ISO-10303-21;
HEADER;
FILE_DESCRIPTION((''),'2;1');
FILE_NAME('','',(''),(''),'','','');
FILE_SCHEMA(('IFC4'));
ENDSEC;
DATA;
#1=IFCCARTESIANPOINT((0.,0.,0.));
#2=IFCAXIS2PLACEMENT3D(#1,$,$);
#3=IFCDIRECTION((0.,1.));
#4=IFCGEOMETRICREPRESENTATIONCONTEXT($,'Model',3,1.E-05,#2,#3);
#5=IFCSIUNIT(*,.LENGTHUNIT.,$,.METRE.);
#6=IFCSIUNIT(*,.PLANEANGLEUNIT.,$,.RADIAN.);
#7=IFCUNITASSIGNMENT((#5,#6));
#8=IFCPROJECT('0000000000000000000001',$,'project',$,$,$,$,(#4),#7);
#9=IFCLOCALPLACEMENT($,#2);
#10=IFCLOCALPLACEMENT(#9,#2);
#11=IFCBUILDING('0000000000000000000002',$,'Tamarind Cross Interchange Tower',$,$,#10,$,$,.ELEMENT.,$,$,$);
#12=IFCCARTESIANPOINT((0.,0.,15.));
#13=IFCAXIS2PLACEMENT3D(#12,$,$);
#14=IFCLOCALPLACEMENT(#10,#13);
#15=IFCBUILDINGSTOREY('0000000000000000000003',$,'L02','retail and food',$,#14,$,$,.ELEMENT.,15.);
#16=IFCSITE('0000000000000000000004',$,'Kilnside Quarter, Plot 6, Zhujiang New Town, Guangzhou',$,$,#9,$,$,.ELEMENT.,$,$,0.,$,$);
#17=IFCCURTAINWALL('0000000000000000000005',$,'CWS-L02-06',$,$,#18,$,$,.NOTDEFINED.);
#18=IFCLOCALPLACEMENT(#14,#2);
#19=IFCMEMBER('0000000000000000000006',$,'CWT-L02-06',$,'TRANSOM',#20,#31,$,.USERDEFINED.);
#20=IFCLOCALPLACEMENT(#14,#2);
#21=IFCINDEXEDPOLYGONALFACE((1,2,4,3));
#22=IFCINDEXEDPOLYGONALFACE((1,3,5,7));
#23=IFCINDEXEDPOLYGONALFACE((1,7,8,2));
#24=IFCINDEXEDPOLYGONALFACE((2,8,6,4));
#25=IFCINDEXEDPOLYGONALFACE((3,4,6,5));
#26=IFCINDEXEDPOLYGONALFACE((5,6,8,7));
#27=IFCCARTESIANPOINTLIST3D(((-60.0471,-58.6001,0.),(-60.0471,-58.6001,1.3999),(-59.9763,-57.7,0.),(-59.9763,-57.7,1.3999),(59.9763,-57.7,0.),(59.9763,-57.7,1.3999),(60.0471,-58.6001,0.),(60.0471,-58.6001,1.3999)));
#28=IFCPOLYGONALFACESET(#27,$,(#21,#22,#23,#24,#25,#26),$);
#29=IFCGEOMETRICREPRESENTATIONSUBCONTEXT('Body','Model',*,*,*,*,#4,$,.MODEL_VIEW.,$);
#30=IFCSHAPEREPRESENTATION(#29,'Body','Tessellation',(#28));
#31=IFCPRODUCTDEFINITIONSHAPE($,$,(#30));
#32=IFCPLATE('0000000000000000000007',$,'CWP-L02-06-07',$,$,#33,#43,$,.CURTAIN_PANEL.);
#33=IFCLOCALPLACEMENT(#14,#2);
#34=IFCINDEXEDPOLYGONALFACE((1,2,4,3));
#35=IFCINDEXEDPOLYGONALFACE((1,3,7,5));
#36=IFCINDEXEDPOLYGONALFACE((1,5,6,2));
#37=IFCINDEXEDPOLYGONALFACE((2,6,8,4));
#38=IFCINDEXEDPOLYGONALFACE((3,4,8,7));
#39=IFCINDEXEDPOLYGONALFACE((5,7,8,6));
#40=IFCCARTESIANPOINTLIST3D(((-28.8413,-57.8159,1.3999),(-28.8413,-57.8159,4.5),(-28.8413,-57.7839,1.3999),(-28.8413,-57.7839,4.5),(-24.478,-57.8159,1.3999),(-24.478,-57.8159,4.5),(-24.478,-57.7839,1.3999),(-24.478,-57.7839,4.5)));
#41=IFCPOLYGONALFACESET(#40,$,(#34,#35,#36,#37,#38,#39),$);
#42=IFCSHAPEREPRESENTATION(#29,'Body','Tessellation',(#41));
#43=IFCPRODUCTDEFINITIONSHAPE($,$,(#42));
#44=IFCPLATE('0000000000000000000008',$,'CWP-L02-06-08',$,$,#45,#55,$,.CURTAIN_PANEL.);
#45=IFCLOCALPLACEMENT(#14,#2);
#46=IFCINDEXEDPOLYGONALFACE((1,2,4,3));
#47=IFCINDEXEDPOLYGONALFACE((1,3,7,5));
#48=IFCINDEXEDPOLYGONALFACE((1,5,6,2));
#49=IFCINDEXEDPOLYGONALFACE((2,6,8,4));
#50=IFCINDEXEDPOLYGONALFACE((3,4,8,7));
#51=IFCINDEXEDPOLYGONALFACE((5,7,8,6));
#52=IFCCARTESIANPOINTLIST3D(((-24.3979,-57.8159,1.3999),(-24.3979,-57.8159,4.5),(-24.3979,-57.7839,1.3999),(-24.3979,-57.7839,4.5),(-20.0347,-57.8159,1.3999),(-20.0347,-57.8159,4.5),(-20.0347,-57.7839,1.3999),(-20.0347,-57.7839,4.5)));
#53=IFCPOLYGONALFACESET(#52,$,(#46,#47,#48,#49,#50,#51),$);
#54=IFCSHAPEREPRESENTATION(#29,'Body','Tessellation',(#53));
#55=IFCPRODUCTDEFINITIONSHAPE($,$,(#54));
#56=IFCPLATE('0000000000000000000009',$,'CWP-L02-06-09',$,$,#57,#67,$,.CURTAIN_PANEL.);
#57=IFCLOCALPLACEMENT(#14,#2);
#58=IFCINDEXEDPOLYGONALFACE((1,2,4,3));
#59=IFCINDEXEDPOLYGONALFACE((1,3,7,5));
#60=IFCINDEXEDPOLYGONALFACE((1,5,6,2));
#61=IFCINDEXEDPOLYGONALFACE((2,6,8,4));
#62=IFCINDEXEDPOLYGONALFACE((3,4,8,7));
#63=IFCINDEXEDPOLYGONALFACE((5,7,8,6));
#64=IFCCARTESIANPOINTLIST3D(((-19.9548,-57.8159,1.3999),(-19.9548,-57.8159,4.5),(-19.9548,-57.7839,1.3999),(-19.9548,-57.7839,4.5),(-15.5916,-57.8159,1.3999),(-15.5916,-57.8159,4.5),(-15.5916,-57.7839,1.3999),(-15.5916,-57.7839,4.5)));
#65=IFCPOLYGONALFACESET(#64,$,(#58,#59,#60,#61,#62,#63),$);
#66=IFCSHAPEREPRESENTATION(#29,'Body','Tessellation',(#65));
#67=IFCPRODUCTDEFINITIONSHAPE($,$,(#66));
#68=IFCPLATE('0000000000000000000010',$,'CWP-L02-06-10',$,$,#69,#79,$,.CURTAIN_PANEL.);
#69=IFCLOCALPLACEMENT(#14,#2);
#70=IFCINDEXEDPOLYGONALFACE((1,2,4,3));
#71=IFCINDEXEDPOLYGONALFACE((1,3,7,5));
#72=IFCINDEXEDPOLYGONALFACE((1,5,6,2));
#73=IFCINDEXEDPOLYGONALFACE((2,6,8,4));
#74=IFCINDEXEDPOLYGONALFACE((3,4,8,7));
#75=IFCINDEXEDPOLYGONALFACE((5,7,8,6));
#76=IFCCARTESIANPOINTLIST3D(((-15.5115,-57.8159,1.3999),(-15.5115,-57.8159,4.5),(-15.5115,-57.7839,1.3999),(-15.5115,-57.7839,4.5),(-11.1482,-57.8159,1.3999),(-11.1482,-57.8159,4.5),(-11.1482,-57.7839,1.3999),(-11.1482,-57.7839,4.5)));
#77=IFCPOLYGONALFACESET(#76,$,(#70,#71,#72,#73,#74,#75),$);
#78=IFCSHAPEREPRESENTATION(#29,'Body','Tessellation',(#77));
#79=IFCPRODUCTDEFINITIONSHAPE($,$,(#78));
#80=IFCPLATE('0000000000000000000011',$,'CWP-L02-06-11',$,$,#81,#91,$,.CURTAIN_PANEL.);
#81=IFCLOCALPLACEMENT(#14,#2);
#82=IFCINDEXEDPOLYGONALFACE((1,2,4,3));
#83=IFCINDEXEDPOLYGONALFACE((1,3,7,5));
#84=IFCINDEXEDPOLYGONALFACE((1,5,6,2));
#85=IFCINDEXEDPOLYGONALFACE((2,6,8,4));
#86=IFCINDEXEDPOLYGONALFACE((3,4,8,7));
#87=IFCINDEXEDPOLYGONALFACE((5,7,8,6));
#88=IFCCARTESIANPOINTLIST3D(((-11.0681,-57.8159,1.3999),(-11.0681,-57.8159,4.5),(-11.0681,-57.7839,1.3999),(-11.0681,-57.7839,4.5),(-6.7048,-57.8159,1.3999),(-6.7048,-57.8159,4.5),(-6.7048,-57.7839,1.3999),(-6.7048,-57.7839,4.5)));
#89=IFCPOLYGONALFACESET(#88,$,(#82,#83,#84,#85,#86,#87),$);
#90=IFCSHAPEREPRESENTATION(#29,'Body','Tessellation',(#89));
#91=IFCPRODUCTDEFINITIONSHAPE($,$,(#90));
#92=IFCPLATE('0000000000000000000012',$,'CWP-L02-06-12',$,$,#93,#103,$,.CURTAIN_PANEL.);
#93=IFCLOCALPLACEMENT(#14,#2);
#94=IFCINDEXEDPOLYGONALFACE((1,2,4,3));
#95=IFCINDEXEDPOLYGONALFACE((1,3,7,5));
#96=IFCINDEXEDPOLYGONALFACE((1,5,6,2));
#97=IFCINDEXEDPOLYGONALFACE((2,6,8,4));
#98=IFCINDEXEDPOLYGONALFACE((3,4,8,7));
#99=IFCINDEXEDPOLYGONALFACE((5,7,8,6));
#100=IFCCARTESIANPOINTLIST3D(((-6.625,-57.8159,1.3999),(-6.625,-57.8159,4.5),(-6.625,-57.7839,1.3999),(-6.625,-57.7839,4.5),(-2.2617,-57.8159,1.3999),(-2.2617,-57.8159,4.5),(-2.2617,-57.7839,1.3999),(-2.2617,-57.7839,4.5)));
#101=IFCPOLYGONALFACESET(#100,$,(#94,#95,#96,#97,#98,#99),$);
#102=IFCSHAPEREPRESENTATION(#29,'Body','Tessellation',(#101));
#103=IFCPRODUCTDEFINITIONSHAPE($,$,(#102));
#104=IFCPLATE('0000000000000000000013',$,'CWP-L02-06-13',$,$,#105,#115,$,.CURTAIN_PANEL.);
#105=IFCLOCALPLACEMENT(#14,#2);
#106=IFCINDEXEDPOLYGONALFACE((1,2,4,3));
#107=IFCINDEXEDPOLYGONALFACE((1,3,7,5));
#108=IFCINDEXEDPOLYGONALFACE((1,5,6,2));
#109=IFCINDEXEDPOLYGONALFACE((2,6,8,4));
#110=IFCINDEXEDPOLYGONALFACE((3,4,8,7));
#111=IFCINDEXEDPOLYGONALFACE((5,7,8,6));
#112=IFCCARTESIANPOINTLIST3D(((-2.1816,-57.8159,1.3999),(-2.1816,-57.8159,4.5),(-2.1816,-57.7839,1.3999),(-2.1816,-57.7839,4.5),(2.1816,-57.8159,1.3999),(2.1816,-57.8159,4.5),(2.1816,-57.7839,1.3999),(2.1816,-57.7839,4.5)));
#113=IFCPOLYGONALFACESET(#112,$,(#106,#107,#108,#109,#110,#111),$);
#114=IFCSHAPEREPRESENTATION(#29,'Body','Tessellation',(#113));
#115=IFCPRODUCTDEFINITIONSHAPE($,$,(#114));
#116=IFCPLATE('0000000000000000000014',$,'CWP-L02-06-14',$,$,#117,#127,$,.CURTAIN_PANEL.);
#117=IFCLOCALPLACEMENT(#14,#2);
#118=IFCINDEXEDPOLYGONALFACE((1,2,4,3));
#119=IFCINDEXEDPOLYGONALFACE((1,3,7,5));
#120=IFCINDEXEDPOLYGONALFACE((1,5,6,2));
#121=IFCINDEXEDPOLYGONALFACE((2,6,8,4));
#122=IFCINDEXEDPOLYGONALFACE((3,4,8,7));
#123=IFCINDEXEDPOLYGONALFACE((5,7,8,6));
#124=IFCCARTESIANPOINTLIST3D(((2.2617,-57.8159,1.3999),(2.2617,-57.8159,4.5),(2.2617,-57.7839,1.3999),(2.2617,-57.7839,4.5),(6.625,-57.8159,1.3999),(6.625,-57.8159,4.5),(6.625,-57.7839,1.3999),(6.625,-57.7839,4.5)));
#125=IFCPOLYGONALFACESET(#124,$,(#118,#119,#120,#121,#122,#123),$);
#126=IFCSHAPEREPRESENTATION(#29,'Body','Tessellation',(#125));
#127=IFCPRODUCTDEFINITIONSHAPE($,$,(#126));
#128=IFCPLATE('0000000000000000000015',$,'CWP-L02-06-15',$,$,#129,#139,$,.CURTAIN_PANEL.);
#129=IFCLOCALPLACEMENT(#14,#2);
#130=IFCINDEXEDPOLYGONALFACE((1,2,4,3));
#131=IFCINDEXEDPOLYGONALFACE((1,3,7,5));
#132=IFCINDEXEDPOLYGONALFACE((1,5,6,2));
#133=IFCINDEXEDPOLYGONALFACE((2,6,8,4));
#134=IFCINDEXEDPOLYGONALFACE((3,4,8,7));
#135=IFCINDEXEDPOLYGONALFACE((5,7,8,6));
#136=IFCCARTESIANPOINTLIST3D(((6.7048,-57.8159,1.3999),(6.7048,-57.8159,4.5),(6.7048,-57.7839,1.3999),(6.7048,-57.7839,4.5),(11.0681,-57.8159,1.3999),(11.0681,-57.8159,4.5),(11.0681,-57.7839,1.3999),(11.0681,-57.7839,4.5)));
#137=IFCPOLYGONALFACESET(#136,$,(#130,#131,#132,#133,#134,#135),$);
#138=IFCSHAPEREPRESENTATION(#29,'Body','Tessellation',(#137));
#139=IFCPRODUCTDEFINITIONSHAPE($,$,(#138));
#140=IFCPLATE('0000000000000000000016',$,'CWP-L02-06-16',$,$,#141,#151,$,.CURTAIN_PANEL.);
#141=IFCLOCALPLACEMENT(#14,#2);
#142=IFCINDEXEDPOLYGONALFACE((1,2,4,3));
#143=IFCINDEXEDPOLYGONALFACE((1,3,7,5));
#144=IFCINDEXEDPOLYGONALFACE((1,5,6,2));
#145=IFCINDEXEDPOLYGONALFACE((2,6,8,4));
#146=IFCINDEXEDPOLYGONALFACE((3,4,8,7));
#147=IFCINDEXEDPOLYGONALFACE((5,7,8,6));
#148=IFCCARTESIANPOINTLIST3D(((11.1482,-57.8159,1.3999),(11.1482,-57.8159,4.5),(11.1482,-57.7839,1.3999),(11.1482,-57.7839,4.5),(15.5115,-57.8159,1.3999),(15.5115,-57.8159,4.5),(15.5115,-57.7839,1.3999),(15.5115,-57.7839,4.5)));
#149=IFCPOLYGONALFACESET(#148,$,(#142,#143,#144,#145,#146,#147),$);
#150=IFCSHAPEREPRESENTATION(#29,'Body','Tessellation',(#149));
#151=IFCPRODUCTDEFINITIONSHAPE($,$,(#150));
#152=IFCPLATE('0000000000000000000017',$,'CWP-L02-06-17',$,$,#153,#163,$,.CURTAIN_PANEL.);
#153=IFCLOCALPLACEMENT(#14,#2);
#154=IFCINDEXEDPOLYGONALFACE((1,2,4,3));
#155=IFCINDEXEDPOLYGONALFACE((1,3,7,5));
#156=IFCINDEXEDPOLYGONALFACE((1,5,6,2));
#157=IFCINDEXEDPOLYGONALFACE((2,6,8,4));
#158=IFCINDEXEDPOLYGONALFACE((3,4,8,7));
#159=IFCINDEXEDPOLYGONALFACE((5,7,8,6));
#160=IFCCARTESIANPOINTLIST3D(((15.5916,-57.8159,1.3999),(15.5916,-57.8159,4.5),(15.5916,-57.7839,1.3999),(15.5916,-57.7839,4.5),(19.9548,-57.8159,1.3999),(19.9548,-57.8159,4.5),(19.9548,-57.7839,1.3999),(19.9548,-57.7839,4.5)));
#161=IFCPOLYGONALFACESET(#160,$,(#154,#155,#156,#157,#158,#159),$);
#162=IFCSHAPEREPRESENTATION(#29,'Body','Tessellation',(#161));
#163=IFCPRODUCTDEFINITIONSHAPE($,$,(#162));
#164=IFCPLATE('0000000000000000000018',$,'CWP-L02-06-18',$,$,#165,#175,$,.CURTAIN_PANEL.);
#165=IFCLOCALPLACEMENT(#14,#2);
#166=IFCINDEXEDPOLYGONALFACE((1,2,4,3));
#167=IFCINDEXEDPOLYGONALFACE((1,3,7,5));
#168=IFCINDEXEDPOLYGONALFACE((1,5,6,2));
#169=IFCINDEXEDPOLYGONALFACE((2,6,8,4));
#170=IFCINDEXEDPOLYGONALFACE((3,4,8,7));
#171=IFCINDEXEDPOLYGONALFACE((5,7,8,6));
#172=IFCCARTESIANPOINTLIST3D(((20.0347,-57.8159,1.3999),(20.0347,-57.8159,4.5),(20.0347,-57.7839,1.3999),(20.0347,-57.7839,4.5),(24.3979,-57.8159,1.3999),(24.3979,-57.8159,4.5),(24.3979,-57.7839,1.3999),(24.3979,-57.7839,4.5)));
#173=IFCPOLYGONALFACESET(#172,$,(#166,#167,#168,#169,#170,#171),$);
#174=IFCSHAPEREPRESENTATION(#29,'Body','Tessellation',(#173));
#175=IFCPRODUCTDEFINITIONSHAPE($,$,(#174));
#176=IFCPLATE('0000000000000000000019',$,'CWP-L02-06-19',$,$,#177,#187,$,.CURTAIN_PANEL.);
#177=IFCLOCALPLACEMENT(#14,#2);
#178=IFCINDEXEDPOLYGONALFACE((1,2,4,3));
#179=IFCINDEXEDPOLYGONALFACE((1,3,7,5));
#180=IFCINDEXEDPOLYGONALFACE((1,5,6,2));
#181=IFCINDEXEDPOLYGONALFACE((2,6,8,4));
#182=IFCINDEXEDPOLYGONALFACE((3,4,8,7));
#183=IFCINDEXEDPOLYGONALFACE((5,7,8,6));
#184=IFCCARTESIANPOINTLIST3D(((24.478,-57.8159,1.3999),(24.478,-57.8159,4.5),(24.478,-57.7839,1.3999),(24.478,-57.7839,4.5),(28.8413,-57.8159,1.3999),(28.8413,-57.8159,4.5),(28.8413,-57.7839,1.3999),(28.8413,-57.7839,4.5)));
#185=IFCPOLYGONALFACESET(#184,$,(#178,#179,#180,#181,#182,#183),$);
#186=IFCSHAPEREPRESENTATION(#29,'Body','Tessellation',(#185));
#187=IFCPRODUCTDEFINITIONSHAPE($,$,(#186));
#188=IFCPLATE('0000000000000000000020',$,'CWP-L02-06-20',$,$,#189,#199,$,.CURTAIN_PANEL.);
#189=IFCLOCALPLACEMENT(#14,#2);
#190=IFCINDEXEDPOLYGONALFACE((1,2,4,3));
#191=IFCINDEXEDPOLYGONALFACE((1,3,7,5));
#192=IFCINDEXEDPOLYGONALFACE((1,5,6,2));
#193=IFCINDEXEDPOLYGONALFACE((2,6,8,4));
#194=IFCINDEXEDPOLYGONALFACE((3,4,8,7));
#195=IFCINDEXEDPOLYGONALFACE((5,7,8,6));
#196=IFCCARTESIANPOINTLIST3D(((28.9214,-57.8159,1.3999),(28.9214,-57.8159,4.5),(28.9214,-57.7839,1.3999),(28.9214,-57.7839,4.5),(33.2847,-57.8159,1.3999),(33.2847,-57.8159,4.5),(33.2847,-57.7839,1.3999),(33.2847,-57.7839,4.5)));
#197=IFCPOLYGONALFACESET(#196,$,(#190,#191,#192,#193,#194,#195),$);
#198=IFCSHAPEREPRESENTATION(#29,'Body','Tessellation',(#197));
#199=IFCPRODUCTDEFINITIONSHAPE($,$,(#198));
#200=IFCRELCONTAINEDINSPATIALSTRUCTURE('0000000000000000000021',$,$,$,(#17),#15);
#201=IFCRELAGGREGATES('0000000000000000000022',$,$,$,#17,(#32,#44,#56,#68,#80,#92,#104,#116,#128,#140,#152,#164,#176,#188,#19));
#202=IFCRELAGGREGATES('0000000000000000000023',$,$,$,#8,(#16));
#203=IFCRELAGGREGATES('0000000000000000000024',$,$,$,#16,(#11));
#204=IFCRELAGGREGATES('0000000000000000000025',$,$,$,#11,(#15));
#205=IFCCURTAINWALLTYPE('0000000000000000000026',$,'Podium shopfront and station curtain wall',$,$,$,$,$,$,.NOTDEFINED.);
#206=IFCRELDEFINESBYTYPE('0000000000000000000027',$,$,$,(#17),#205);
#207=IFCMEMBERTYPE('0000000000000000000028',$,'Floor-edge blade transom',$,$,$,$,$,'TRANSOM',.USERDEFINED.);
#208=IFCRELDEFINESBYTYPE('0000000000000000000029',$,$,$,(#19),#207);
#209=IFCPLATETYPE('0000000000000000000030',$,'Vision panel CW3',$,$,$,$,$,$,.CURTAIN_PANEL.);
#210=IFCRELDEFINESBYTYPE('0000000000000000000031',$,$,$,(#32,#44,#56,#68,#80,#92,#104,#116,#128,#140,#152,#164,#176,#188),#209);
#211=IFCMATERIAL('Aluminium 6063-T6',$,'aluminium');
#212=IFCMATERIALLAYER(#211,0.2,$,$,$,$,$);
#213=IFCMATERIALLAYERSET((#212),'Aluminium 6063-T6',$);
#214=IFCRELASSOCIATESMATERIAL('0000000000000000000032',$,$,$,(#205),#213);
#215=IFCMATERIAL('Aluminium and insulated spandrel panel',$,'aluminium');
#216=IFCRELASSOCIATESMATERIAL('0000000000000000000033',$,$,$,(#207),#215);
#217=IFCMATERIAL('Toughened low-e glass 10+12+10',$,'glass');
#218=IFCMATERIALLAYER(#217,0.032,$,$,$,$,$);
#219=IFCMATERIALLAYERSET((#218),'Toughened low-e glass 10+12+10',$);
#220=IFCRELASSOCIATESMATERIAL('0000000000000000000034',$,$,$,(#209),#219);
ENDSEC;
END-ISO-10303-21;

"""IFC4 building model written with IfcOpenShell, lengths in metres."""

from ifc_helpers import new_model, si_unit, direction, frame, origin, place, context, subcontext, project, spatial, polyline, outline, extrude, material, layer, layer_set, type_object, element, aggregate, save


model = new_model("IFC4")

# Units and contexts
model_context = context("Model", 3, precision=1e-05, world=origin(), true_north=direction((0.0, 1.0)))
body_context = subcontext(model_context, "Body", "Model", "MODEL_VIEW")
ifc_project = project(units=[si_unit("LENGTHUNIT", "METRE"), si_unit("PLANEANGLEUNIT", "RADIAN")], contexts=[model_context])

# Site, building, storey
site_placement = place(None, origin())
site = spatial("IfcSite", under=ifc_project, at=site_placement, Name="Kilnside Quarter, Plot 6, Zhujiang New Town, Guangzhou", CompositionType="ELEMENT", RefElevation=0.0)
building_placement = place(site_placement, origin())
building = spatial("IfcBuilding", under=site, at=building_placement, Name="Tamarind Cross Interchange Tower", CompositionType="ELEMENT")
storey_placement = place(building_placement, frame((0.0, 0.0, 15.0)))
storey = spatial("IfcBuildingStorey", under=building, at=storey_placement, Name="L02", Description="retail and food", CompositionType="ELEMENT", Elevation=15.0)

# Curtain wall, member, plates
ifc_material_1 = material(Name="Aluminium 6063-T6", Category="aluminium")
ifc_layer_1 = layer(ifc_material_1, 0.2)
ifc_layer_set_1 = layer_set([ifc_layer_1], Name="Aluminium 6063-T6")
curtain_wall_type = type_object("IfcCurtainWallType", Name="Podium shopfront and station curtain wall", PredefinedType="NOTDEFINED", material=ifc_layer_set_1)
curtain_wall_1_placement = place(storey_placement, origin())
curtain_wall_1 = element("IfcCurtainWall", 1, at=curtain_wall_1_placement, inside=storey, type_object=curtain_wall_type, Name="CWS-L02-06", PredefinedType="NOTDEFINED")
ifc_material_2 = material(Name="Aluminium and insulated spandrel panel", Category="aluminium")
member_type = type_object("IfcMemberType", Name="Floor-edge blade transom", ElementType="TRANSOM", PredefinedType="USERDEFINED", material=ifc_material_2)
member_placement = place(storey_placement, origin())
member = element("IfcMember", 2, at=member_placement, type_object=member_type, Name="CWT-L02-06", ObjectType="TRANSOM", PredefinedType="USERDEFINED", context=body_context, shape_type="SweptSolid", body=[
    extrude(outline(polyline([(-59.9763, -57.7), (59.9763, -57.7), (60.0471, -58.6001), (-60.0471, -58.6001), (-59.9763, -57.7)])), origin(), (0.0, 0.0, 1.0), 1.3999),
])
ifc_material_3 = material(Name="Toughened low-e glass 10+12+10", Category="glass")
ifc_layer_2 = layer(ifc_material_3, 0.032)
ifc_layer_set_2 = layer_set([ifc_layer_2], Name="Toughened low-e glass 10+12+10")
plate_type = type_object("IfcPlateType", Name="Vision panel CW3", PredefinedType="CURTAIN_PANEL", material=ifc_layer_set_2)
plate_1_placement = place(storey_placement, frame((0.0, 0.0, 1.3999)))
plate_1 = element("IfcPlate", 3, at=plate_1_placement, type_object=plate_type, Name="CWP-L02-06-07", PredefinedType="CURTAIN_PANEL", context=body_context, shape_type="SweptSolid", body=[
    extrude(outline(polyline([(-28.8413, -57.7839), (-24.478, -57.7839), (-24.478, -57.8159), (-28.8413, -57.8159), (-28.8413, -57.7839)])), origin(), (0.0, 0.0, 1.0), 3.1001),
])
plate_2_placement = place(storey_placement, frame((0.0, 0.0, 1.3999)))
plate_2 = element("IfcPlate", 4, at=plate_2_placement, type_object=plate_type, Name="CWP-L02-06-08", PredefinedType="CURTAIN_PANEL", context=body_context, shape_type="SweptSolid", body=[
    extrude(outline(polyline([(-24.3979, -57.7839), (-20.0347, -57.7839), (-20.0347, -57.8159), (-24.3979, -57.8159), (-24.3979, -57.7839)])), origin(), (0.0, 0.0, 1.0), 3.1001),
])
plate_3_placement = place(storey_placement, frame((0.0, 0.0, 1.3999)))
plate_3 = element("IfcPlate", 5, at=plate_3_placement, type_object=plate_type, Name="CWP-L02-06-09", PredefinedType="CURTAIN_PANEL", context=body_context, shape_type="SweptSolid", body=[
    extrude(outline(polyline([(-19.9548, -57.7839), (-15.5916, -57.7839), (-15.5916, -57.8159), (-19.9548, -57.8159), (-19.9548, -57.7839)])), origin(), (0.0, 0.0, 1.0), 3.1001),
])
plate_4_placement = place(storey_placement, frame((0.0, 0.0, 1.3999)))
plate_4 = element("IfcPlate", 6, at=plate_4_placement, type_object=plate_type, Name="CWP-L02-06-10", PredefinedType="CURTAIN_PANEL", context=body_context, shape_type="SweptSolid", body=[
    extrude(outline(polyline([(-15.5115, -57.7839), (-11.1482, -57.7839), (-11.1482, -57.8159), (-15.5115, -57.8159), (-15.5115, -57.7839)])), origin(), (0.0, 0.0, 1.0), 3.1001),
])
plate_5_placement = place(storey_placement, frame((0.0, 0.0, 1.3999)))
plate_5 = element("IfcPlate", 7, at=plate_5_placement, type_object=plate_type, Name="CWP-L02-06-11", PredefinedType="CURTAIN_PANEL", context=body_context, shape_type="SweptSolid", body=[
    extrude(outline(polyline([(-11.0681, -57.7839), (-6.7048, -57.7839), (-6.7048, -57.8159), (-11.0681, -57.8159), (-11.0681, -57.7839)])), origin(), (0.0, 0.0, 1.0), 3.1001),
])
plate_6_placement = place(storey_placement, frame((0.0, 0.0, 1.3999)))
plate_6 = element("IfcPlate", 8, at=plate_6_placement, type_object=plate_type, Name="CWP-L02-06-12", PredefinedType="CURTAIN_PANEL", context=body_context, shape_type="SweptSolid", body=[
    extrude(outline(polyline([(-6.625, -57.7839), (-2.2617, -57.7839), (-2.2617, -57.8159), (-6.625, -57.8159), (-6.625, -57.7839)])), origin(), (0.0, 0.0, 1.0), 3.1001),
])
plate_7_placement = place(storey_placement, frame((0.0, 0.0, 1.3999)))
plate_7 = element("IfcPlate", 9, at=plate_7_placement, type_object=plate_type, Name="CWP-L02-06-13", PredefinedType="CURTAIN_PANEL", context=body_context, shape_type="SweptSolid", body=[
    extrude(outline(polyline([(-2.1816, -57.7839), (2.1816, -57.7839), (2.1816, -57.8159), (-2.1816, -57.8159), (-2.1816, -57.7839)])), origin(), (0.0, 0.0, 1.0), 3.1001),
])
plate_8_placement = place(storey_placement, frame((0.0, 0.0, 1.3999)))
plate_8 = element("IfcPlate", 10, at=plate_8_placement, type_object=plate_type, Name="CWP-L02-06-14", PredefinedType="CURTAIN_PANEL", context=body_context, shape_type="SweptSolid", body=[
    extrude(outline(polyline([(2.2617, -57.7839), (6.625, -57.7839), (6.625, -57.8159), (2.2617, -57.8159), (2.2617, -57.7839)])), origin(), (0.0, 0.0, 1.0), 3.1001),
])
plate_9_placement = place(storey_placement, frame((0.0, 0.0, 1.3999)))
plate_9 = element("IfcPlate", 11, at=plate_9_placement, type_object=plate_type, Name="CWP-L02-06-15", PredefinedType="CURTAIN_PANEL", context=body_context, shape_type="SweptSolid", body=[
    extrude(outline(polyline([(6.7048, -57.7839), (11.0681, -57.7839), (11.0681, -57.8159), (6.7048, -57.8159), (6.7048, -57.7839)])), origin(), (0.0, 0.0, 1.0), 3.1001),
])
plate_10_placement = place(storey_placement, frame((0.0, 0.0, 1.3999)))
plate_10 = element("IfcPlate", 12, at=plate_10_placement, type_object=plate_type, Name="CWP-L02-06-16", PredefinedType="CURTAIN_PANEL", context=body_context, shape_type="SweptSolid", body=[
    extrude(outline(polyline([(11.1482, -57.7839), (15.5115, -57.7839), (15.5115, -57.8159), (11.1482, -57.8159), (11.1482, -57.7839)])), origin(), (0.0, 0.0, 1.0), 3.1001),
])
plate_11_placement = place(storey_placement, frame((0.0, 0.0, 1.3999)))
plate_11 = element("IfcPlate", 13, at=plate_11_placement, type_object=plate_type, Name="CWP-L02-06-17", PredefinedType="CURTAIN_PANEL", context=body_context, shape_type="SweptSolid", body=[
    extrude(outline(polyline([(15.5916, -57.7839), (19.9548, -57.7839), (19.9548, -57.8159), (15.5916, -57.8159), (15.5916, -57.7839)])), origin(), (0.0, 0.0, 1.0), 3.1001),
])
plate_12_placement = place(storey_placement, frame((0.0, 0.0, 1.3999)))
plate_12 = element("IfcPlate", 14, at=plate_12_placement, type_object=plate_type, Name="CWP-L02-06-18", PredefinedType="CURTAIN_PANEL", context=body_context, shape_type="SweptSolid", body=[
    extrude(outline(polyline([(20.0347, -57.7839), (24.3979, -57.7839), (24.3979, -57.8159), (20.0347, -57.8159), (20.0347, -57.7839)])), origin(), (0.0, 0.0, 1.0), 3.1001),
])
plate_13_placement = place(storey_placement, frame((0.0, 0.0, 1.3999)))
plate_13 = element("IfcPlate", 15, at=plate_13_placement, type_object=plate_type, Name="CWP-L02-06-19", PredefinedType="CURTAIN_PANEL", context=body_context, shape_type="SweptSolid", body=[
    extrude(outline(polyline([(24.478, -57.7839), (28.8413, -57.7839), (28.8413, -57.8159), (24.478, -57.8159), (24.478, -57.7839)])), origin(), (0.0, 0.0, 1.0), 3.1001),
])
plate_14_placement = place(storey_placement, frame((0.0, 0.0, 1.3999)))
plate_14 = element("IfcPlate", 16, at=plate_14_placement, type_object=plate_type, Name="CWP-L02-06-20", PredefinedType="CURTAIN_PANEL", context=body_context, shape_type="SweptSolid", body=[
    extrude(outline(polyline([(28.9214, -57.7839), (33.2847, -57.7839), (33.2847, -57.8159), (28.9214, -57.8159), (28.9214, -57.7839)])), origin(), (0.0, 0.0, 1.0), 3.1001),
])
aggregate(curtain_wall_1, [plate_1, plate_2, plate_3, plate_4, plate_5, plate_6, plate_7, plate_8, plate_9, plate_10, plate_11, plate_12, plate_13, plate_14, member])

save(model, "model.ifc")
